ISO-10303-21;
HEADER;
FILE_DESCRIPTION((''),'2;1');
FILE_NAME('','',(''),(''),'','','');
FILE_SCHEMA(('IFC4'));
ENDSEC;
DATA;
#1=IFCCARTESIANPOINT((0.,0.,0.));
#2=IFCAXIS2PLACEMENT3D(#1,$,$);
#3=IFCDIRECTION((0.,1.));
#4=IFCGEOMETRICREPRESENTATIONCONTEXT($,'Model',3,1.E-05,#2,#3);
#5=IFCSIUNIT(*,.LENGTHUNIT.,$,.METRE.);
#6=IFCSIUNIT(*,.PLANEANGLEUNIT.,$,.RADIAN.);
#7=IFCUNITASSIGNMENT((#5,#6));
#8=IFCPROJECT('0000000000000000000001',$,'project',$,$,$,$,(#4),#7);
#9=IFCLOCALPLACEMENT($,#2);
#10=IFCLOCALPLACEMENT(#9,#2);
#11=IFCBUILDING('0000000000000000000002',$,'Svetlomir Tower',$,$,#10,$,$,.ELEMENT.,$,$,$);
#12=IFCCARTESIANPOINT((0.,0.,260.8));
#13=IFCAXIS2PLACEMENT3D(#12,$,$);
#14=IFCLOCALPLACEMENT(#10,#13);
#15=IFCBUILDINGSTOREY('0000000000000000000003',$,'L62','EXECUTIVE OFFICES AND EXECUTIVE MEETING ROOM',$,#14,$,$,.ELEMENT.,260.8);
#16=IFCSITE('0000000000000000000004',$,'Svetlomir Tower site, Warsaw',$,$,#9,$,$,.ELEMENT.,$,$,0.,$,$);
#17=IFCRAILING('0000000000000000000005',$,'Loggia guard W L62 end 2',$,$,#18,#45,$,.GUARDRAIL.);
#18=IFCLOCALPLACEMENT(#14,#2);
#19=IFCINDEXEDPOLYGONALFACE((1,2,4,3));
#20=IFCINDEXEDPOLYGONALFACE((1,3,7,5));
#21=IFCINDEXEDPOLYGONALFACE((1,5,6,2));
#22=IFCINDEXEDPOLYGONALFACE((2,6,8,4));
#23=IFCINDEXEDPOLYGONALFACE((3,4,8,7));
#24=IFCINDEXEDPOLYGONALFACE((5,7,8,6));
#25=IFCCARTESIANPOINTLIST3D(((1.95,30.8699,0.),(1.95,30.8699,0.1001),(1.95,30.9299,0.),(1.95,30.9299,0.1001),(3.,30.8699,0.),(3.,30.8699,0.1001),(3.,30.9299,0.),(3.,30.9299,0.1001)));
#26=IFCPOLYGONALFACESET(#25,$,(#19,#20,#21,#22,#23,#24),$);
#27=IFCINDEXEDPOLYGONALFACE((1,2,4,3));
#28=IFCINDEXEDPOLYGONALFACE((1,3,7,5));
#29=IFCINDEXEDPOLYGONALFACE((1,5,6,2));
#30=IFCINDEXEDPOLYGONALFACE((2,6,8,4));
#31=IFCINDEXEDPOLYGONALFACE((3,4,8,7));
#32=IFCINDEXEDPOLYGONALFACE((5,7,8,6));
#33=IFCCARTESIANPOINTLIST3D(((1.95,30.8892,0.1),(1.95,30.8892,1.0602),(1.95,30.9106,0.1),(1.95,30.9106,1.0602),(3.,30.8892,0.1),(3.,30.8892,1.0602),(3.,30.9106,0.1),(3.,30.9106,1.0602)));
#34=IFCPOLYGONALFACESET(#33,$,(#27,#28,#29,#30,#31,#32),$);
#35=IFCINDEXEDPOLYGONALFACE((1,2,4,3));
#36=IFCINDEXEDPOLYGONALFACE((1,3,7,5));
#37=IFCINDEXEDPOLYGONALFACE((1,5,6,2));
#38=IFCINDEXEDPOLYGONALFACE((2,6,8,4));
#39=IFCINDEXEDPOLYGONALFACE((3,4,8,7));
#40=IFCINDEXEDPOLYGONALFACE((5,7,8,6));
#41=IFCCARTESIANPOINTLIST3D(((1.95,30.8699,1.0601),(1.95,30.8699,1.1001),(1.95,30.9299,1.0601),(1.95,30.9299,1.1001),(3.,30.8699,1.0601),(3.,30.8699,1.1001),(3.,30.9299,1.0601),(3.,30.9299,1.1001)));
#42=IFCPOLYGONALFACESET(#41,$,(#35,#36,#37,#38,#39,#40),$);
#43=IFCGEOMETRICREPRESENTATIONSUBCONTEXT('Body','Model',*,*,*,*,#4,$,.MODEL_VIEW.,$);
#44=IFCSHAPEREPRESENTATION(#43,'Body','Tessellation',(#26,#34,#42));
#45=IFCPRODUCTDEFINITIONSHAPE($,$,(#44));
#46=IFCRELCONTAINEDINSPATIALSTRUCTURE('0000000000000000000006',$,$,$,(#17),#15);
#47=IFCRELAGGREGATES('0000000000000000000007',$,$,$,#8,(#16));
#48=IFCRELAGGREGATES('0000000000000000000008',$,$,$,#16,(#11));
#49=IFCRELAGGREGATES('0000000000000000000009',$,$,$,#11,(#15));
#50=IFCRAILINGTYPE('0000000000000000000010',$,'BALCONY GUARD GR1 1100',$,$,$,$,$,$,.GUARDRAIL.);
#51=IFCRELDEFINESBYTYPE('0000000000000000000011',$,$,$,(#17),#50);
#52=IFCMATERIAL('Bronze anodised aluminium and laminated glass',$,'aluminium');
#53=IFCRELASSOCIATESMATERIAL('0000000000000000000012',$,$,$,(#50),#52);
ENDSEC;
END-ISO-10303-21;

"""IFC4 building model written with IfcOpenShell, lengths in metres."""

from ifc_helpers import new_model, si_unit, direction, frame, origin, origin_2d, place, context, subcontext, project, spatial, rectangle, extrude, material, type_object, element, save


model = new_model("IFC4")

# Units and contexts
model_context = context("Model", 3, precision=1e-05, world=origin(), true_north=direction((0.0, 1.0)))
body_context = subcontext(model_context, "Body", "Model", "MODEL_VIEW")
ifc_project = project(units=[si_unit("LENGTHUNIT", "METRE"), si_unit("PLANEANGLEUNIT", "RADIAN")], contexts=[model_context])

# Site, building, storey
site_placement = place(None, origin())
site = spatial("IfcSite", under=ifc_project, at=site_placement, Name="Svetlomir Tower site, Warsaw", CompositionType="ELEMENT", RefElevation=0.0)
building_placement = place(site_placement, origin())
building = spatial("IfcBuilding", under=site, at=building_placement, Name="Svetlomir Tower", CompositionType="ELEMENT")
storey_placement = place(building_placement, frame((0.0, 0.0, 260.8)))
storey = spatial("IfcBuildingStorey", under=building, at=storey_placement, Name="L62", Description="EXECUTIVE OFFICES AND EXECUTIVE MEETING ROOM", CompositionType="ELEMENT", Elevation=260.8)

# Railing
ifc_material_1 = material(Name="Bronze anodised aluminium and laminated glass", Category="aluminium")
railing_type = type_object("IfcRailingType", Name="BALCONY GUARD GR1 1100", PredefinedType="GUARDRAIL", material=ifc_material_1)
railing_1_placement = place(storey_placement, frame((1.95, 30.8999, 0.0)))
element("IfcRailing", 1, at=railing_1_placement, inside=storey, type_object=railing_type, Name="Loggia guard W L62 end 2", PredefinedType="GUARDRAIL", context=body_context, shape_type="SweptSolid", body=[
    extrude(rectangle(XDim=0.0601, YDim=0.1001, at=origin_2d()), frame((0.0, 0.0, 0.05), z_axis=(1.0, 0.0, 0.0), x_axis=(0.0, 1.0, 0.0)), (0.0, 0.0, 1.0), 1.05),
    extrude(rectangle(XDim=0.0215, YDim=0.9602, at=origin_2d()), frame((0.0, 0.0, 0.5801), z_axis=(1.0, 0.0, 0.0), x_axis=(0.0, 1.0, 0.0)), (0.0, 0.0, 1.0), 1.05),
    extrude(rectangle(XDim=0.0601, YDim=0.04, at=origin_2d()), frame((0.0, 0.0, 1.0801), z_axis=(1.0, 0.0, 0.0), x_axis=(0.0, 1.0, 0.0)), (0.0, 0.0, 1.0), 1.05),
])

save(model, "model.ifc")
